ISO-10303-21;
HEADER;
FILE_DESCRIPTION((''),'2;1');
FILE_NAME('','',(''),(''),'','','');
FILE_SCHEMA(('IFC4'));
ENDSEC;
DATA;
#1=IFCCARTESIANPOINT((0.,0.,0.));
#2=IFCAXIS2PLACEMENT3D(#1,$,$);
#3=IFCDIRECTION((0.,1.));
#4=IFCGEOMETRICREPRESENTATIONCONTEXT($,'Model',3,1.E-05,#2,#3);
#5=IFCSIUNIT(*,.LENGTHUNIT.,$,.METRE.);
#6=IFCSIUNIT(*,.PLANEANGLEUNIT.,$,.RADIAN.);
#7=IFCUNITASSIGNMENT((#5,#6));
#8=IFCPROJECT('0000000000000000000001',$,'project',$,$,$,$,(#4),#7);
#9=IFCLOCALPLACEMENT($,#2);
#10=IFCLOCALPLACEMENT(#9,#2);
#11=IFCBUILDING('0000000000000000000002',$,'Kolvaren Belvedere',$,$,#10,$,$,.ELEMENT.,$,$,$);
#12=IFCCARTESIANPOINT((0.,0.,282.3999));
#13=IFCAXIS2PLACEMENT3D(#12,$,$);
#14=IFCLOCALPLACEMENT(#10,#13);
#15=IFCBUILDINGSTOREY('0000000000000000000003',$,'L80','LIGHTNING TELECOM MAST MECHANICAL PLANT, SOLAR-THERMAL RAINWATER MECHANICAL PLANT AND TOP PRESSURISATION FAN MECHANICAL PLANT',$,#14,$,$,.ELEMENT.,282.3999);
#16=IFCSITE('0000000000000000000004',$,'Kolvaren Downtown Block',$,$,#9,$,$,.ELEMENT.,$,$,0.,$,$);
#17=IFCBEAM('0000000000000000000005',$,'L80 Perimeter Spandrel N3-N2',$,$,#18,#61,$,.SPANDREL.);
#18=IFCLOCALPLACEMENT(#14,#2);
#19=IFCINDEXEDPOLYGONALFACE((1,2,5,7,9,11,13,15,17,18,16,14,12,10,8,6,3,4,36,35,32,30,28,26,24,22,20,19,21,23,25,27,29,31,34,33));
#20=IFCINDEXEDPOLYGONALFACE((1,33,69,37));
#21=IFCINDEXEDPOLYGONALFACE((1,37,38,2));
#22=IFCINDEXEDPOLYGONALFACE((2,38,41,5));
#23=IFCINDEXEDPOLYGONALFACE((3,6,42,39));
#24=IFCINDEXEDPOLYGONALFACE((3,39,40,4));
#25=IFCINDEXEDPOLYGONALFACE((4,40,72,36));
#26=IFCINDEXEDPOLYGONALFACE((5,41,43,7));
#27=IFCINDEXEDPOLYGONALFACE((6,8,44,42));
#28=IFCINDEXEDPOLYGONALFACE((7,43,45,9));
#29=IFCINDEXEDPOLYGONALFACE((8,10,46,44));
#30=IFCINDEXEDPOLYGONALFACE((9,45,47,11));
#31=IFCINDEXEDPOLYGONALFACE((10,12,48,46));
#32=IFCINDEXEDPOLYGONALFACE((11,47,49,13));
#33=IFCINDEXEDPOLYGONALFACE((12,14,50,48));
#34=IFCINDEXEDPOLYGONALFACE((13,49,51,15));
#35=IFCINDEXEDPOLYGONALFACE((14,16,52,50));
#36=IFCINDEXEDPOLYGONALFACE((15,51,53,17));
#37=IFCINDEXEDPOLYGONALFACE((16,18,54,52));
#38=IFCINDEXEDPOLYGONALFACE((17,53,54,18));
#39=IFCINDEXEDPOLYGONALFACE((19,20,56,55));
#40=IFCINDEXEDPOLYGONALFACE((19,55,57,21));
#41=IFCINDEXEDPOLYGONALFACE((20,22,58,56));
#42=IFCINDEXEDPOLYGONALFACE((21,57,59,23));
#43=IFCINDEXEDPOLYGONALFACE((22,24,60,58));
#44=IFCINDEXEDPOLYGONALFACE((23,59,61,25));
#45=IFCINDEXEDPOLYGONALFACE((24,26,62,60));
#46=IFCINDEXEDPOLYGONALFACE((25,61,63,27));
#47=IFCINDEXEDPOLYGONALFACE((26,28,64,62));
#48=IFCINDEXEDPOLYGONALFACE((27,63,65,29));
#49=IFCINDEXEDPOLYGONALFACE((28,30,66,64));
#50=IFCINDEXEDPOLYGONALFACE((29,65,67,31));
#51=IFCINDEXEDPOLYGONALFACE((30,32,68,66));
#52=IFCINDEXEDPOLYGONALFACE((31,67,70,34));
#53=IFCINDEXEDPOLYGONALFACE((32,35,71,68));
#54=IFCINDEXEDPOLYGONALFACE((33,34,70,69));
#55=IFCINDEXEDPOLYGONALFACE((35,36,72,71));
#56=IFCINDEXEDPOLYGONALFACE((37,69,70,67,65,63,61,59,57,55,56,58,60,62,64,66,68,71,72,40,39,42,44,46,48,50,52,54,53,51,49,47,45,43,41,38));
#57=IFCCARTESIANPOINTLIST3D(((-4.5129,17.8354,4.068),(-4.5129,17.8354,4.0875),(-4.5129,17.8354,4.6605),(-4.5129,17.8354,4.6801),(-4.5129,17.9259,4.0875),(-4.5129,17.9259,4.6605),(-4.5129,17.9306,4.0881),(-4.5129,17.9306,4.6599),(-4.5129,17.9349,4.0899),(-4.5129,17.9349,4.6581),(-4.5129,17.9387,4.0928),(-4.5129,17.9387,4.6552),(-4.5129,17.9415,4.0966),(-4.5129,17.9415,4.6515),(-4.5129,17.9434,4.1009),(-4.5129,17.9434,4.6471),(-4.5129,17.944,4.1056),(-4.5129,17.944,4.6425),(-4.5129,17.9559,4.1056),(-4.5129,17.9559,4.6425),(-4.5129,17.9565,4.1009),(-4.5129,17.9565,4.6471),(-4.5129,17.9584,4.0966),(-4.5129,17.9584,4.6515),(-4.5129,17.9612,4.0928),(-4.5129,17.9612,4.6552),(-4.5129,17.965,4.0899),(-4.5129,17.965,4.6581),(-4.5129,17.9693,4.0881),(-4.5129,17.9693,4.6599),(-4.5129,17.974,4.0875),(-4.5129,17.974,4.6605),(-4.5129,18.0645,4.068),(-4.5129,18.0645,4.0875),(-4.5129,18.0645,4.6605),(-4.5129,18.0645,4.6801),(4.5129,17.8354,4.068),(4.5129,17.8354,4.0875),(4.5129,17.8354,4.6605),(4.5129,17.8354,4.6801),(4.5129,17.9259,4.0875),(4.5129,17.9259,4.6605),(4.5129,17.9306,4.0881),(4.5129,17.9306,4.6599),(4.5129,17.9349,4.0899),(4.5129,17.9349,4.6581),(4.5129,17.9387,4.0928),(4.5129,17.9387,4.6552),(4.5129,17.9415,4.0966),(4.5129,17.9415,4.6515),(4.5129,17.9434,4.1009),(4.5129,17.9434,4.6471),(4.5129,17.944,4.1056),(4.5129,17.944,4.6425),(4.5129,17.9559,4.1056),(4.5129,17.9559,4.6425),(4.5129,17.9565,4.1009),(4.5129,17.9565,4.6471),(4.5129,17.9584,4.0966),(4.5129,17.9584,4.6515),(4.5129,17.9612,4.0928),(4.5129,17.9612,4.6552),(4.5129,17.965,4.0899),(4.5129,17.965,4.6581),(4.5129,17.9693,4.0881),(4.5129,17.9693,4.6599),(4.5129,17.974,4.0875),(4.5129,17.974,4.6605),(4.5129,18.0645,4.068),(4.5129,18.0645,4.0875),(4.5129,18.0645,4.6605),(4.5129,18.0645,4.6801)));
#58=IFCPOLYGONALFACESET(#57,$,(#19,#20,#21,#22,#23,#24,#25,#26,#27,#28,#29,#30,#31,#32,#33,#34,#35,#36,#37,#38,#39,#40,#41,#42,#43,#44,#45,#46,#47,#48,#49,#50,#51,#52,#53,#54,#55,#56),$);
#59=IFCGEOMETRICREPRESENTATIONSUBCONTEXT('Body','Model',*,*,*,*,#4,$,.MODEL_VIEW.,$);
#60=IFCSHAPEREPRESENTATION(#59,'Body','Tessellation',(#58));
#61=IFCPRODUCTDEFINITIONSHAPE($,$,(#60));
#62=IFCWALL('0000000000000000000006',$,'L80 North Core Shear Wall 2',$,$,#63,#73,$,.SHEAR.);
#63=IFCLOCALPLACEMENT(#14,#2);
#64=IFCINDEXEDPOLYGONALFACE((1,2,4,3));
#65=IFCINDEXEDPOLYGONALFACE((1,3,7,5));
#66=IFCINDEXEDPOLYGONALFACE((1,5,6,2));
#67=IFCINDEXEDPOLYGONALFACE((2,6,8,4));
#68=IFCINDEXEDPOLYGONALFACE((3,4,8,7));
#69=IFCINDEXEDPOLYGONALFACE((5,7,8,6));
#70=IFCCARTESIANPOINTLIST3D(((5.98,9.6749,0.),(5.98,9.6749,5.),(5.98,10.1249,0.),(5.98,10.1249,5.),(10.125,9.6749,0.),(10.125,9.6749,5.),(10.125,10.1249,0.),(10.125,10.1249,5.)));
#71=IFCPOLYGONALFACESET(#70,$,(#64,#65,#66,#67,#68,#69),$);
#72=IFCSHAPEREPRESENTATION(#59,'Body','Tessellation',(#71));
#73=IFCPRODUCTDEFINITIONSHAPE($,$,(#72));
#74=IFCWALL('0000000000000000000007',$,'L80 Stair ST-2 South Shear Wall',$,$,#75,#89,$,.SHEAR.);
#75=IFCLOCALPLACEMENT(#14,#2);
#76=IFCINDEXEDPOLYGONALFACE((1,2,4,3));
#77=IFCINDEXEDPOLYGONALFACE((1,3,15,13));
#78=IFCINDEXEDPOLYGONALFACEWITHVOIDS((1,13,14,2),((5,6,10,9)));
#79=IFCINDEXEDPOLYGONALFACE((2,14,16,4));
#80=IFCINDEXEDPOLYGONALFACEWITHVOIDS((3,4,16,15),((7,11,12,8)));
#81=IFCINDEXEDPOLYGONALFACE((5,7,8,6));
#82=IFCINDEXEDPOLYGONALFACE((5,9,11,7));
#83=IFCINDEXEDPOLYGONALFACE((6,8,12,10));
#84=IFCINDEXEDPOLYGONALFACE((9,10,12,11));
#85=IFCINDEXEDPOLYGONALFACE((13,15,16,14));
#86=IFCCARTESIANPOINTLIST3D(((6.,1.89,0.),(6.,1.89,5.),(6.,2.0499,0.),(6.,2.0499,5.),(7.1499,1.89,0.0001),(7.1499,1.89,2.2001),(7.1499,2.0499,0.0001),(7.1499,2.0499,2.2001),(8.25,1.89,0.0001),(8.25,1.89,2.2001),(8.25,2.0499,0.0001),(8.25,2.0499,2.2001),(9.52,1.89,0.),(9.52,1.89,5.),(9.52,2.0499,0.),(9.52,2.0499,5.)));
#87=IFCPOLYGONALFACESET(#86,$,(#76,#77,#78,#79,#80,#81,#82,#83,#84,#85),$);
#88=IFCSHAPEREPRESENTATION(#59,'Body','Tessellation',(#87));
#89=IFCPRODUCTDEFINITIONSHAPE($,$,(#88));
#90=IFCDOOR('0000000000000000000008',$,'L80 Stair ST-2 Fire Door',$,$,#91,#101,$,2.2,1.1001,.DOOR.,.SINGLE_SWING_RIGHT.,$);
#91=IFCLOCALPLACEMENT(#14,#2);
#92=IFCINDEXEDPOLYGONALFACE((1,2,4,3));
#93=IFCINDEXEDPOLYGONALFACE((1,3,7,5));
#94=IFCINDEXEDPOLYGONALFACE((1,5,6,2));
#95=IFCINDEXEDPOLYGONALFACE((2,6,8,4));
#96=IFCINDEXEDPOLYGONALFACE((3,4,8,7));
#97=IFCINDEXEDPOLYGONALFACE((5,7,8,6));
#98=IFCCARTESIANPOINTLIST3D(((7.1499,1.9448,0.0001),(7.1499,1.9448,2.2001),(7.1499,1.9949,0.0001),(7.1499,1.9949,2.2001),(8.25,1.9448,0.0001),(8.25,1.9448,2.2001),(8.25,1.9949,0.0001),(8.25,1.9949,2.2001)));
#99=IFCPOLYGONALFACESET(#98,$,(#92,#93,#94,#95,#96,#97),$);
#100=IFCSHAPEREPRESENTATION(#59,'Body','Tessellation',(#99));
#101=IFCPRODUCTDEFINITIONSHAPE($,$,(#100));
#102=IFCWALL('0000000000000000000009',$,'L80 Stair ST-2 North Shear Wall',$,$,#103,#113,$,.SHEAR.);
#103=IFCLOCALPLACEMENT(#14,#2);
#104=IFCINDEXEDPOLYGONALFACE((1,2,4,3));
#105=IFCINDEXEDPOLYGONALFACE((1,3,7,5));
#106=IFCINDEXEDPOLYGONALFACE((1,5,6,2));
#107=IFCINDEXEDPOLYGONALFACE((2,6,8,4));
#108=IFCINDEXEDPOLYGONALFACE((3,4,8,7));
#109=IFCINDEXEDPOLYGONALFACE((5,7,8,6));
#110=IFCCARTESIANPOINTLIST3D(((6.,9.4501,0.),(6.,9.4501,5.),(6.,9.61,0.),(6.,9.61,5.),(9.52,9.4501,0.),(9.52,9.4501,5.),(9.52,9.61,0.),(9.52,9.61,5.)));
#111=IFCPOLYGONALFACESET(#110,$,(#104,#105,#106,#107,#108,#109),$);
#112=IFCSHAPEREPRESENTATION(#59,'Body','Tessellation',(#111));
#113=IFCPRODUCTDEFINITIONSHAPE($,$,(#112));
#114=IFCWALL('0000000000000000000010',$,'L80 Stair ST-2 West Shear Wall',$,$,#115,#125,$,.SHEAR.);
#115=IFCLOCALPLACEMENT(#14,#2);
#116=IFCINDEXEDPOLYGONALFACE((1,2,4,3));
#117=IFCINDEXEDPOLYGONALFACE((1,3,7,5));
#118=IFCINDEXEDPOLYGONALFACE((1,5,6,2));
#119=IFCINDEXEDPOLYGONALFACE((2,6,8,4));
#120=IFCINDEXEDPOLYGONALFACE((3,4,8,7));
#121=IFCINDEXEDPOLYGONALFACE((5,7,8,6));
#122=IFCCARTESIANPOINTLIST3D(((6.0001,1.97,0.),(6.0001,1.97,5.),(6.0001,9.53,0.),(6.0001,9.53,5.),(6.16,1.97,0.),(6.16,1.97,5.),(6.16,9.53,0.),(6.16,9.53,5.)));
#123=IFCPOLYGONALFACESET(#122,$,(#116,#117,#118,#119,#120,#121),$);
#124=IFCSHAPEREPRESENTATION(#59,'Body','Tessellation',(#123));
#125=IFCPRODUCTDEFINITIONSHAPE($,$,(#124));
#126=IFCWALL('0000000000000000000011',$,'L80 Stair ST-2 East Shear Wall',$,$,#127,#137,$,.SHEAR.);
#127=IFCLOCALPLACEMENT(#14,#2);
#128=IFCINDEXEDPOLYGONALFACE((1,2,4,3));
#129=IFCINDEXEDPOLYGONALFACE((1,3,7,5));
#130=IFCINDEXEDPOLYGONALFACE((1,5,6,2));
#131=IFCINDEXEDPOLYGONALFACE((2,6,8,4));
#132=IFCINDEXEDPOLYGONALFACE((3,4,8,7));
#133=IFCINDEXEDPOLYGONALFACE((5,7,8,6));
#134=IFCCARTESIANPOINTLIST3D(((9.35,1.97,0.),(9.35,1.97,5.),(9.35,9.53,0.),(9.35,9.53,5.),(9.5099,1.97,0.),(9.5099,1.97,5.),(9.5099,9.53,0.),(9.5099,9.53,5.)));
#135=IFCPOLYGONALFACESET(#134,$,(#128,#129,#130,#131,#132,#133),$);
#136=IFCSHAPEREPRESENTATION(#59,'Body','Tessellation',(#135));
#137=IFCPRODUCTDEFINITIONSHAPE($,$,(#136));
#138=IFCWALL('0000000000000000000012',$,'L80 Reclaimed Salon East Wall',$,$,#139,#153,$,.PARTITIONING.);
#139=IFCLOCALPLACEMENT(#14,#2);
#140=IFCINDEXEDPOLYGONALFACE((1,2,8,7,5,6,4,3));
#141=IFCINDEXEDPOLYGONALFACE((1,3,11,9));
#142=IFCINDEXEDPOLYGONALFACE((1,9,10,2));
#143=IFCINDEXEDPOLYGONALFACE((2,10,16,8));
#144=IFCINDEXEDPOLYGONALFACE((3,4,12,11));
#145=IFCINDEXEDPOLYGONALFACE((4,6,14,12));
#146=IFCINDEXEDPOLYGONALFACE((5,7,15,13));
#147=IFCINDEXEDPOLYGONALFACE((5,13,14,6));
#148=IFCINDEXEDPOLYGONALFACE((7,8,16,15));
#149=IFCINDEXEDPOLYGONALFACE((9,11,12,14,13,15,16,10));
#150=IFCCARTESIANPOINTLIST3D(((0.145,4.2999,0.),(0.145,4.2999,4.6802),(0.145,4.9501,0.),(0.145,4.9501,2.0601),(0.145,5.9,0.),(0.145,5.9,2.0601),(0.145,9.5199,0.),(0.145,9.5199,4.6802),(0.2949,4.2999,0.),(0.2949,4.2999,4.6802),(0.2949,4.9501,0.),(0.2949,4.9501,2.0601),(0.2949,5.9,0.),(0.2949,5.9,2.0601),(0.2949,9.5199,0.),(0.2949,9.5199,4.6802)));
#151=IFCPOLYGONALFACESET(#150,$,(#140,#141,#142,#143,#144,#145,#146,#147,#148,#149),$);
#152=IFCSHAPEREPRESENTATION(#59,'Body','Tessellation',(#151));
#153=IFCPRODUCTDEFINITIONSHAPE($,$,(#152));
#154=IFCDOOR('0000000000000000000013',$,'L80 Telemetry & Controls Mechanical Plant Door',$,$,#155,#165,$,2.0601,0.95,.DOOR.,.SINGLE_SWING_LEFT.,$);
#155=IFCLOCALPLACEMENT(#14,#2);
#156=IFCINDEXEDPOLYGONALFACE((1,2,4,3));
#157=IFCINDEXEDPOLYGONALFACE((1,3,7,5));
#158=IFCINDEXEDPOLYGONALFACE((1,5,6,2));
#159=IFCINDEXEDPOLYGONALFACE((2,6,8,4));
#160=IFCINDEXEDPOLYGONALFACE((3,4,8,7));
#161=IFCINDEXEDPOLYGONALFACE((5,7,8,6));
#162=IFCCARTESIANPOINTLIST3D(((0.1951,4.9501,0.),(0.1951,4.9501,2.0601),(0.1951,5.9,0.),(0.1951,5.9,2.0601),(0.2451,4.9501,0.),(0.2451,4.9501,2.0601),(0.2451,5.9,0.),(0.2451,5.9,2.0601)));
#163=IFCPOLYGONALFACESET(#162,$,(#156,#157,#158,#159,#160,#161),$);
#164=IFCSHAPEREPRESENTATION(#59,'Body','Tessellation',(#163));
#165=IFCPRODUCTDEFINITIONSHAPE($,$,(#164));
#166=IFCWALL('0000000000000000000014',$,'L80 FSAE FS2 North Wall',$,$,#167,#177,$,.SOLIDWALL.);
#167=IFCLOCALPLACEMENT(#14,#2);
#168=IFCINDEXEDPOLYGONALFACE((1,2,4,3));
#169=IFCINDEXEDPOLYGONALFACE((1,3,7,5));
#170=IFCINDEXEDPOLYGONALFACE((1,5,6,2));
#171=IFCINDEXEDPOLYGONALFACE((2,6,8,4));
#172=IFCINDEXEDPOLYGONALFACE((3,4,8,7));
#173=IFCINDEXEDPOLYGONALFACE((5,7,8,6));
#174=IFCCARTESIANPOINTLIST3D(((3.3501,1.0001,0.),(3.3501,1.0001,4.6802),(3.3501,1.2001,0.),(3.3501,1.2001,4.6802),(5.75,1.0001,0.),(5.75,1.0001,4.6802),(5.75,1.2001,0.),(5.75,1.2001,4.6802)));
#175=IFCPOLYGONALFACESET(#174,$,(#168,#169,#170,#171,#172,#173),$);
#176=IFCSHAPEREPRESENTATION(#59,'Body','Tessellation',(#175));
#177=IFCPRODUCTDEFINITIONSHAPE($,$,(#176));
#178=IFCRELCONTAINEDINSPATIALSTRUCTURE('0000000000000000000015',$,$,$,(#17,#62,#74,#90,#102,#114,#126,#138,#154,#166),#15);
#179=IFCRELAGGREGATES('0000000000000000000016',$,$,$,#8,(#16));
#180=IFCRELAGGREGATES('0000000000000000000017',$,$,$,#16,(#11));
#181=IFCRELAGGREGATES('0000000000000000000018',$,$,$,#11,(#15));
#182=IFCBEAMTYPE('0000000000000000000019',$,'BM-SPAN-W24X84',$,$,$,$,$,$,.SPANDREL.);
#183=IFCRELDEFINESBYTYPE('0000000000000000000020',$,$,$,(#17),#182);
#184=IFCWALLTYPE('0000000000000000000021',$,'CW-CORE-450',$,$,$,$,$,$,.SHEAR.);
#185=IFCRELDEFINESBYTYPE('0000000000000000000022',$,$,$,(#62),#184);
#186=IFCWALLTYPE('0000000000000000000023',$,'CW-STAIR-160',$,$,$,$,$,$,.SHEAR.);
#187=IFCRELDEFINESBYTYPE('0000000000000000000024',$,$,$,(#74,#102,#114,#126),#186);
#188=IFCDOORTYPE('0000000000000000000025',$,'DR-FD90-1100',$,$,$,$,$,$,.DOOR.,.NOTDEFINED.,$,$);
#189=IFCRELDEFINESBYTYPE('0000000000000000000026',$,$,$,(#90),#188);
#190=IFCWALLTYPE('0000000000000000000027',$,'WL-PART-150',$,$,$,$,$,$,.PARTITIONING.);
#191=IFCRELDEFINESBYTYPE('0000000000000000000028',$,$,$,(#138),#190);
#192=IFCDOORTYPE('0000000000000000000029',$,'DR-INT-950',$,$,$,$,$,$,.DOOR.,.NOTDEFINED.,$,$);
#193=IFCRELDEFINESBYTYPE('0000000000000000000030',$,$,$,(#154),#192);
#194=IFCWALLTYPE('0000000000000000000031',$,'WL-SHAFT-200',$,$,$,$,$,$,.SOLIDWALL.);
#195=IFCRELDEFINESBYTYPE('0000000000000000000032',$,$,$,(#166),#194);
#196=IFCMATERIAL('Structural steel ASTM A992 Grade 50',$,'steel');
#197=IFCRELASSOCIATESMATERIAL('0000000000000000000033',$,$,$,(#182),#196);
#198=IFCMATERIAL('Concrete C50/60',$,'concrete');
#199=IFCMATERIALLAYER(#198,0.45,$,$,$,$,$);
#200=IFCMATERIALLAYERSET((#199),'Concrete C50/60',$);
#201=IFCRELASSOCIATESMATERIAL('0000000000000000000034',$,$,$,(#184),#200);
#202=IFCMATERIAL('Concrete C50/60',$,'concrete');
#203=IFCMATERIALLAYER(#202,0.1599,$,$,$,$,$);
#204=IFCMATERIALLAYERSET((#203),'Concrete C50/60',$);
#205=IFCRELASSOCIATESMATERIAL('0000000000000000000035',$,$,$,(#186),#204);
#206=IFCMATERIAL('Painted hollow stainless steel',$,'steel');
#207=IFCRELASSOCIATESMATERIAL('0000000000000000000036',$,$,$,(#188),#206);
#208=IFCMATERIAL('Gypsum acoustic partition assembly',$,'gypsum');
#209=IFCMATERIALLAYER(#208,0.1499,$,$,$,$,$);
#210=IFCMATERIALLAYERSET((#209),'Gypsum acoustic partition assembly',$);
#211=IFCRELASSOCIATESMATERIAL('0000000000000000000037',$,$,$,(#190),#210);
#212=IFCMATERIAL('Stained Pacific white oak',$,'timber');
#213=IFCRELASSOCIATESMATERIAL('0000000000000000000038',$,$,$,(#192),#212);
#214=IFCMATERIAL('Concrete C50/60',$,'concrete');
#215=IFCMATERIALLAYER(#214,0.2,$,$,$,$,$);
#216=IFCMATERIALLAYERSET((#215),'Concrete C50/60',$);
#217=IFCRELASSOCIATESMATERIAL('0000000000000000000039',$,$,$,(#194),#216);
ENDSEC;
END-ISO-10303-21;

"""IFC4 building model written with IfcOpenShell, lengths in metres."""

from ifc_helpers import new_model, si_unit, direction, frame, frame_2d, origin, origin_2d, place, context, subcontext, project, spatial, rectangle, i_section, extrude, material, layer, layer_set, material_profile, profile_set, type_object, element, fill, save


model = new_model("IFC4")

# Units and contexts
model_context = context("Model", 3, precision=1e-05, world=origin(), true_north=direction((0.0, 1.0)))
body_context = subcontext(model_context, "Body", "Model", "MODEL_VIEW")
ifc_project = project(units=[si_unit("LENGTHUNIT", "METRE"), si_unit("PLANEANGLEUNIT", "RADIAN")], contexts=[model_context])

# Site, building, storey
site_placement = place(None, origin())
site = spatial("IfcSite", under=ifc_project, at=site_placement, Name="Kolvaren Downtown Block", CompositionType="ELEMENT", RefElevation=0.0)
building_placement = place(site_placement, origin())
building = spatial("IfcBuilding", under=site, at=building_placement, Name="Kolvaren Belvedere", CompositionType="ELEMENT")
storey_placement = place(building_placement, frame((0.0, 0.0, 282.3999)))
storey = spatial("IfcBuildingStorey", under=building, at=storey_placement, Name="L80", Description="LIGHTNING TELECOM MAST MECHANICAL PLANT, SOLAR-THERMAL RAINWATER MECHANICAL PLANT AND TOP PRESSURISATION FAN MECHANICAL PLANT", CompositionType="ELEMENT", Elevation=282.3999)

# Beam
ifc_material_1 = material(Name="Structural steel ASTM A992 Grade 50", Category="steel")
ifc_material_profile_1 = material_profile(ifc_material_1, i_section(OverallWidth=0.229, OverallDepth=0.6121, WebThickness=0.012, FlangeThickness=0.0195, FilletRadius=0.0181, at=origin_2d()), Name="W24X84")
ifc_profile_set_1 = profile_set([ifc_material_profile_1], Name="Structural steel ASTM A992 Grade 50")
beam_type_1 = type_object("IfcBeamType", Name="BM-SPAN-W24X84", PredefinedType="SPANDREL", material=ifc_profile_set_1)
beam_1_placement = place(storey_placement, frame((4.5129, 17.95, 4.374), z_axis=(-1.0, 0.0, 0.0), x_axis=(0.0, -1.0, 0.0)))
element("IfcBeam", 1, at=beam_1_placement, inside=storey, type_object=beam_type_1, Name="L80 Perimeter Spandrel N3-N2", PredefinedType="SPANDREL", context=body_context, shape_type="SweptSolid", body=[
    extrude(i_section(OverallWidth=0.229, OverallDepth=0.6121, WebThickness=0.012, FlangeThickness=0.0195, FilletRadius=0.0181, at=origin_2d()), origin(), (0.0, 0.0, 1.0), 9.0259),
])

# Wall
ifc_material_2 = material(Name="Concrete C50/60", Category="concrete")
ifc_layer_1 = layer(ifc_material_2, 0.45)
ifc_layer_set_1 = layer_set([ifc_layer_1], Name="Concrete C50/60")
wall_type_1 = type_object("IfcWallType", Name="CW-CORE-450", PredefinedType="SHEAR", material=ifc_layer_set_1)
wall_1_placement = place(storey_placement, frame((5.98, 9.8999, 0.0), z_axis=(0.0, 0.0, 1.0), x_axis=(1.0, 0.0, 0.0)))
element("IfcWall", 2, at=wall_1_placement, inside=storey, type_object=wall_type_1, Name="L80 North Core Shear Wall 2", PredefinedType="SHEAR", context=body_context, shape_type="SweptSolid", body=[
    extrude(rectangle(XDim=4.145, YDim=0.45, at=frame_2d((2.0725, 0.0))), origin(), (0.0, 0.0, 1.0), 5.0),
])

# Wall, opening, door
ifc_material_3 = material(Name="Concrete C50/60", Category="concrete")
ifc_layer_2 = layer(ifc_material_3, 0.1599)
ifc_layer_set_2 = layer_set([ifc_layer_2], Name="Concrete C50/60")
wall_type_2 = type_object("IfcWallType", Name="CW-STAIR-160", PredefinedType="SHEAR", material=ifc_layer_set_2)
wall_2_placement = place(storey_placement, frame((6.0, 1.97, 0.0), z_axis=(0.0, 0.0, 1.0), x_axis=(1.0, 0.0, 0.0)))
wall_2 = element("IfcWall", 3, at=wall_2_placement, inside=storey, type_object=wall_type_2, Name="L80 Stair ST-2 South Shear Wall", PredefinedType="SHEAR", context=body_context, shape_type="SweptSolid", body=[
    extrude(rectangle(XDim=3.52, YDim=0.1599, at=frame_2d((1.76, 0.0))), origin(), (0.0, 0.0, 1.0), 5.0),
])
opening_1_placement = place(wall_2_placement, frame((1.1499, 0.0, 0.0)))
opening_1 = element("IfcOpeningElement", 4, at=opening_1_placement, cuts=wall_2, PredefinedType="OPENING", context=body_context, shape_type="SweptSolid", body=[
    extrude(rectangle(XDim=1.1001, YDim=2.2, at=frame_2d((0.55, 1.1001))), frame((0.0, 0.0898, 0.0), z_axis=(0.0, -1.0, 0.0), x_axis=(1.0, 0.0, 0.0)), (0.0, 0.0, 1.0), 0.1799),
])
ifc_material_4 = material(Name="Painted hollow stainless steel", Category="steel")
door_type_1 = type_object("IfcDoorType", Name="DR-FD90-1100", OperationType="NOTDEFINED", PredefinedType="DOOR", material=ifc_material_4)
door_1_placement = place(opening_1_placement, origin())
door_1 = element("IfcDoor", 5, at=door_1_placement, inside=storey, type_object=door_type_1, Name="L80 Stair ST-2 Fire Door", OperationType="SINGLE_SWING_RIGHT", OverallHeight=2.2, OverallWidth=1.1001, PredefinedType="DOOR", context=body_context, shape_type="SweptSolid", body=[
    extrude(rectangle(XDim=1.1001, YDim=2.2, at=frame_2d((0.55, 1.1001))), frame((0.0, 0.0249, 0.0), z_axis=(0.0, -1.0, 0.0), x_axis=(1.0, 0.0, 0.0)), (0.0, 0.0, 1.0), 0.05),
])
fill(opening_1, door_1)

# Walls
wall_3_placement = place(storey_placement, frame((6.0, 9.53, 0.0), z_axis=(0.0, 0.0, 1.0), x_axis=(1.0, 0.0, 0.0)))
element("IfcWall", 6, at=wall_3_placement, inside=storey, type_object=wall_type_2, Name="L80 Stair ST-2 North Shear Wall", PredefinedType="SHEAR", context=body_context, shape_type="SweptSolid", body=[
    extrude(rectangle(XDim=3.52, YDim=0.1599, at=frame_2d((1.76, 0.0))), origin(), (0.0, 0.0, 1.0), 5.0),
])
for number, where, z_axis, x_axis, name in (
    (7, (6.0801, 1.97, 0.0), (0.0, 0.0, 1.0), (0.0, 1.0, 0.0), "L80 Stair ST-2 West Shear Wall"),
    (8, (9.4299, 1.97, 0.0), (0.0, 0.0, 1.0), (0.0, 1.0, 0.0), "L80 Stair ST-2 East Shear Wall"),
):
    element("IfcWall", number, at=place(storey_placement, frame(where, z_axis=z_axis, x_axis=x_axis)), inside=storey, type_object=wall_type_2, Name=name, PredefinedType="SHEAR", context=body_context, shape_type="SweptSolid", body=[
        extrude(rectangle(XDim=7.5601, YDim=0.1599, at=frame_2d((3.78, 0.0))), origin(), (0.0, 0.0, 1.0), 5.0),
    ])

# Wall, opening, door
ifc_material_5 = material(Name="Gypsum acoustic partition assembly", Category="gypsum")
ifc_layer_3 = layer(ifc_material_5, 0.1499)
ifc_layer_set_3 = layer_set([ifc_layer_3], Name="Gypsum acoustic partition assembly")
wall_type_3 = type_object("IfcWallType", Name="WL-PART-150", PredefinedType="PARTITIONING", material=ifc_layer_set_3)
wall_4_placement = place(storey_placement, frame((0.22, 4.3, 0.0), z_axis=(0.0, 0.0, 1.0), x_axis=(0.0, 1.0, 0.0)))
wall_4 = element("IfcWall", 9, at=wall_4_placement, inside=storey, type_object=wall_type_3, Name="L80 Reclaimed Salon East Wall", PredefinedType="PARTITIONING", context=body_context, shape_type="SweptSolid", body=[
    extrude(rectangle(XDim=5.22, YDim=0.1499, at=frame_2d((2.6099, 0.0))), origin(), (0.0, 0.0, 1.0), 4.6802),
])
opening_2_placement = place(wall_4_placement, frame((0.6499, 0.0, 0.0)))
opening_2 = element("IfcOpeningElement", 10, at=opening_2_placement, cuts=wall_4, PredefinedType="OPENING", context=body_context, shape_type="SweptSolid", body=[
    extrude(rectangle(XDim=0.95, YDim=2.0601, at=frame_2d((0.4751, 1.03))), frame((0.0, 0.085, 0.0), z_axis=(0.0, -1.0, 0.0), x_axis=(1.0, 0.0, 0.0)), (0.0, 0.0, 1.0), 0.1699),
])
ifc_material_6 = material(Name="Stained Pacific white oak", Category="timber")
door_type_2 = type_object("IfcDoorType", Name="DR-INT-950", OperationType="NOTDEFINED", PredefinedType="DOOR", material=ifc_material_6)
door_2_placement = place(opening_2_placement, origin())
door_2 = element("IfcDoor", 11, at=door_2_placement, inside=storey, type_object=door_type_2, Name="L80 Telemetry & Controls Mechanical Plant Door", OperationType="SINGLE_SWING_LEFT", OverallHeight=2.0601, OverallWidth=0.95, PredefinedType="DOOR", context=body_context, shape_type="SweptSolid", body=[
    extrude(rectangle(XDim=0.95, YDim=2.0601, at=frame_2d((0.4751, 1.03))), frame((0.0, 0.0249, 0.0), z_axis=(0.0, -1.0, 0.0), x_axis=(1.0, 0.0, 0.0)), (0.0, 0.0, 1.0), 0.05),
])
fill(opening_2, door_2)

# Wall
ifc_material_7 = material(Name="Concrete C50/60", Category="concrete")
ifc_layer_4 = layer(ifc_material_7, 0.2)
ifc_layer_set_4 = layer_set([ifc_layer_4], Name="Concrete C50/60")
wall_type_4 = type_object("IfcWallType", Name="WL-SHAFT-200", PredefinedType="SOLIDWALL", material=ifc_layer_set_4)
wall_5_placement = place(storey_placement, frame((3.3501, 1.1001, 0.0), z_axis=(0.0, 0.0, 1.0), x_axis=(1.0, 0.0, 0.0)))
element("IfcWall", 12, at=wall_5_placement, inside=storey, type_object=wall_type_4, Name="L80 FSAE FS2 North Wall", PredefinedType="SOLIDWALL", context=body_context, shape_type="SweptSolid", body=[
    extrude(rectangle(XDim=2.3999, YDim=0.2, at=frame_2d((1.2, 0.0))), origin(), (0.0, 0.0, 1.0), 4.6802),
])

save(model, "model.ifc")
